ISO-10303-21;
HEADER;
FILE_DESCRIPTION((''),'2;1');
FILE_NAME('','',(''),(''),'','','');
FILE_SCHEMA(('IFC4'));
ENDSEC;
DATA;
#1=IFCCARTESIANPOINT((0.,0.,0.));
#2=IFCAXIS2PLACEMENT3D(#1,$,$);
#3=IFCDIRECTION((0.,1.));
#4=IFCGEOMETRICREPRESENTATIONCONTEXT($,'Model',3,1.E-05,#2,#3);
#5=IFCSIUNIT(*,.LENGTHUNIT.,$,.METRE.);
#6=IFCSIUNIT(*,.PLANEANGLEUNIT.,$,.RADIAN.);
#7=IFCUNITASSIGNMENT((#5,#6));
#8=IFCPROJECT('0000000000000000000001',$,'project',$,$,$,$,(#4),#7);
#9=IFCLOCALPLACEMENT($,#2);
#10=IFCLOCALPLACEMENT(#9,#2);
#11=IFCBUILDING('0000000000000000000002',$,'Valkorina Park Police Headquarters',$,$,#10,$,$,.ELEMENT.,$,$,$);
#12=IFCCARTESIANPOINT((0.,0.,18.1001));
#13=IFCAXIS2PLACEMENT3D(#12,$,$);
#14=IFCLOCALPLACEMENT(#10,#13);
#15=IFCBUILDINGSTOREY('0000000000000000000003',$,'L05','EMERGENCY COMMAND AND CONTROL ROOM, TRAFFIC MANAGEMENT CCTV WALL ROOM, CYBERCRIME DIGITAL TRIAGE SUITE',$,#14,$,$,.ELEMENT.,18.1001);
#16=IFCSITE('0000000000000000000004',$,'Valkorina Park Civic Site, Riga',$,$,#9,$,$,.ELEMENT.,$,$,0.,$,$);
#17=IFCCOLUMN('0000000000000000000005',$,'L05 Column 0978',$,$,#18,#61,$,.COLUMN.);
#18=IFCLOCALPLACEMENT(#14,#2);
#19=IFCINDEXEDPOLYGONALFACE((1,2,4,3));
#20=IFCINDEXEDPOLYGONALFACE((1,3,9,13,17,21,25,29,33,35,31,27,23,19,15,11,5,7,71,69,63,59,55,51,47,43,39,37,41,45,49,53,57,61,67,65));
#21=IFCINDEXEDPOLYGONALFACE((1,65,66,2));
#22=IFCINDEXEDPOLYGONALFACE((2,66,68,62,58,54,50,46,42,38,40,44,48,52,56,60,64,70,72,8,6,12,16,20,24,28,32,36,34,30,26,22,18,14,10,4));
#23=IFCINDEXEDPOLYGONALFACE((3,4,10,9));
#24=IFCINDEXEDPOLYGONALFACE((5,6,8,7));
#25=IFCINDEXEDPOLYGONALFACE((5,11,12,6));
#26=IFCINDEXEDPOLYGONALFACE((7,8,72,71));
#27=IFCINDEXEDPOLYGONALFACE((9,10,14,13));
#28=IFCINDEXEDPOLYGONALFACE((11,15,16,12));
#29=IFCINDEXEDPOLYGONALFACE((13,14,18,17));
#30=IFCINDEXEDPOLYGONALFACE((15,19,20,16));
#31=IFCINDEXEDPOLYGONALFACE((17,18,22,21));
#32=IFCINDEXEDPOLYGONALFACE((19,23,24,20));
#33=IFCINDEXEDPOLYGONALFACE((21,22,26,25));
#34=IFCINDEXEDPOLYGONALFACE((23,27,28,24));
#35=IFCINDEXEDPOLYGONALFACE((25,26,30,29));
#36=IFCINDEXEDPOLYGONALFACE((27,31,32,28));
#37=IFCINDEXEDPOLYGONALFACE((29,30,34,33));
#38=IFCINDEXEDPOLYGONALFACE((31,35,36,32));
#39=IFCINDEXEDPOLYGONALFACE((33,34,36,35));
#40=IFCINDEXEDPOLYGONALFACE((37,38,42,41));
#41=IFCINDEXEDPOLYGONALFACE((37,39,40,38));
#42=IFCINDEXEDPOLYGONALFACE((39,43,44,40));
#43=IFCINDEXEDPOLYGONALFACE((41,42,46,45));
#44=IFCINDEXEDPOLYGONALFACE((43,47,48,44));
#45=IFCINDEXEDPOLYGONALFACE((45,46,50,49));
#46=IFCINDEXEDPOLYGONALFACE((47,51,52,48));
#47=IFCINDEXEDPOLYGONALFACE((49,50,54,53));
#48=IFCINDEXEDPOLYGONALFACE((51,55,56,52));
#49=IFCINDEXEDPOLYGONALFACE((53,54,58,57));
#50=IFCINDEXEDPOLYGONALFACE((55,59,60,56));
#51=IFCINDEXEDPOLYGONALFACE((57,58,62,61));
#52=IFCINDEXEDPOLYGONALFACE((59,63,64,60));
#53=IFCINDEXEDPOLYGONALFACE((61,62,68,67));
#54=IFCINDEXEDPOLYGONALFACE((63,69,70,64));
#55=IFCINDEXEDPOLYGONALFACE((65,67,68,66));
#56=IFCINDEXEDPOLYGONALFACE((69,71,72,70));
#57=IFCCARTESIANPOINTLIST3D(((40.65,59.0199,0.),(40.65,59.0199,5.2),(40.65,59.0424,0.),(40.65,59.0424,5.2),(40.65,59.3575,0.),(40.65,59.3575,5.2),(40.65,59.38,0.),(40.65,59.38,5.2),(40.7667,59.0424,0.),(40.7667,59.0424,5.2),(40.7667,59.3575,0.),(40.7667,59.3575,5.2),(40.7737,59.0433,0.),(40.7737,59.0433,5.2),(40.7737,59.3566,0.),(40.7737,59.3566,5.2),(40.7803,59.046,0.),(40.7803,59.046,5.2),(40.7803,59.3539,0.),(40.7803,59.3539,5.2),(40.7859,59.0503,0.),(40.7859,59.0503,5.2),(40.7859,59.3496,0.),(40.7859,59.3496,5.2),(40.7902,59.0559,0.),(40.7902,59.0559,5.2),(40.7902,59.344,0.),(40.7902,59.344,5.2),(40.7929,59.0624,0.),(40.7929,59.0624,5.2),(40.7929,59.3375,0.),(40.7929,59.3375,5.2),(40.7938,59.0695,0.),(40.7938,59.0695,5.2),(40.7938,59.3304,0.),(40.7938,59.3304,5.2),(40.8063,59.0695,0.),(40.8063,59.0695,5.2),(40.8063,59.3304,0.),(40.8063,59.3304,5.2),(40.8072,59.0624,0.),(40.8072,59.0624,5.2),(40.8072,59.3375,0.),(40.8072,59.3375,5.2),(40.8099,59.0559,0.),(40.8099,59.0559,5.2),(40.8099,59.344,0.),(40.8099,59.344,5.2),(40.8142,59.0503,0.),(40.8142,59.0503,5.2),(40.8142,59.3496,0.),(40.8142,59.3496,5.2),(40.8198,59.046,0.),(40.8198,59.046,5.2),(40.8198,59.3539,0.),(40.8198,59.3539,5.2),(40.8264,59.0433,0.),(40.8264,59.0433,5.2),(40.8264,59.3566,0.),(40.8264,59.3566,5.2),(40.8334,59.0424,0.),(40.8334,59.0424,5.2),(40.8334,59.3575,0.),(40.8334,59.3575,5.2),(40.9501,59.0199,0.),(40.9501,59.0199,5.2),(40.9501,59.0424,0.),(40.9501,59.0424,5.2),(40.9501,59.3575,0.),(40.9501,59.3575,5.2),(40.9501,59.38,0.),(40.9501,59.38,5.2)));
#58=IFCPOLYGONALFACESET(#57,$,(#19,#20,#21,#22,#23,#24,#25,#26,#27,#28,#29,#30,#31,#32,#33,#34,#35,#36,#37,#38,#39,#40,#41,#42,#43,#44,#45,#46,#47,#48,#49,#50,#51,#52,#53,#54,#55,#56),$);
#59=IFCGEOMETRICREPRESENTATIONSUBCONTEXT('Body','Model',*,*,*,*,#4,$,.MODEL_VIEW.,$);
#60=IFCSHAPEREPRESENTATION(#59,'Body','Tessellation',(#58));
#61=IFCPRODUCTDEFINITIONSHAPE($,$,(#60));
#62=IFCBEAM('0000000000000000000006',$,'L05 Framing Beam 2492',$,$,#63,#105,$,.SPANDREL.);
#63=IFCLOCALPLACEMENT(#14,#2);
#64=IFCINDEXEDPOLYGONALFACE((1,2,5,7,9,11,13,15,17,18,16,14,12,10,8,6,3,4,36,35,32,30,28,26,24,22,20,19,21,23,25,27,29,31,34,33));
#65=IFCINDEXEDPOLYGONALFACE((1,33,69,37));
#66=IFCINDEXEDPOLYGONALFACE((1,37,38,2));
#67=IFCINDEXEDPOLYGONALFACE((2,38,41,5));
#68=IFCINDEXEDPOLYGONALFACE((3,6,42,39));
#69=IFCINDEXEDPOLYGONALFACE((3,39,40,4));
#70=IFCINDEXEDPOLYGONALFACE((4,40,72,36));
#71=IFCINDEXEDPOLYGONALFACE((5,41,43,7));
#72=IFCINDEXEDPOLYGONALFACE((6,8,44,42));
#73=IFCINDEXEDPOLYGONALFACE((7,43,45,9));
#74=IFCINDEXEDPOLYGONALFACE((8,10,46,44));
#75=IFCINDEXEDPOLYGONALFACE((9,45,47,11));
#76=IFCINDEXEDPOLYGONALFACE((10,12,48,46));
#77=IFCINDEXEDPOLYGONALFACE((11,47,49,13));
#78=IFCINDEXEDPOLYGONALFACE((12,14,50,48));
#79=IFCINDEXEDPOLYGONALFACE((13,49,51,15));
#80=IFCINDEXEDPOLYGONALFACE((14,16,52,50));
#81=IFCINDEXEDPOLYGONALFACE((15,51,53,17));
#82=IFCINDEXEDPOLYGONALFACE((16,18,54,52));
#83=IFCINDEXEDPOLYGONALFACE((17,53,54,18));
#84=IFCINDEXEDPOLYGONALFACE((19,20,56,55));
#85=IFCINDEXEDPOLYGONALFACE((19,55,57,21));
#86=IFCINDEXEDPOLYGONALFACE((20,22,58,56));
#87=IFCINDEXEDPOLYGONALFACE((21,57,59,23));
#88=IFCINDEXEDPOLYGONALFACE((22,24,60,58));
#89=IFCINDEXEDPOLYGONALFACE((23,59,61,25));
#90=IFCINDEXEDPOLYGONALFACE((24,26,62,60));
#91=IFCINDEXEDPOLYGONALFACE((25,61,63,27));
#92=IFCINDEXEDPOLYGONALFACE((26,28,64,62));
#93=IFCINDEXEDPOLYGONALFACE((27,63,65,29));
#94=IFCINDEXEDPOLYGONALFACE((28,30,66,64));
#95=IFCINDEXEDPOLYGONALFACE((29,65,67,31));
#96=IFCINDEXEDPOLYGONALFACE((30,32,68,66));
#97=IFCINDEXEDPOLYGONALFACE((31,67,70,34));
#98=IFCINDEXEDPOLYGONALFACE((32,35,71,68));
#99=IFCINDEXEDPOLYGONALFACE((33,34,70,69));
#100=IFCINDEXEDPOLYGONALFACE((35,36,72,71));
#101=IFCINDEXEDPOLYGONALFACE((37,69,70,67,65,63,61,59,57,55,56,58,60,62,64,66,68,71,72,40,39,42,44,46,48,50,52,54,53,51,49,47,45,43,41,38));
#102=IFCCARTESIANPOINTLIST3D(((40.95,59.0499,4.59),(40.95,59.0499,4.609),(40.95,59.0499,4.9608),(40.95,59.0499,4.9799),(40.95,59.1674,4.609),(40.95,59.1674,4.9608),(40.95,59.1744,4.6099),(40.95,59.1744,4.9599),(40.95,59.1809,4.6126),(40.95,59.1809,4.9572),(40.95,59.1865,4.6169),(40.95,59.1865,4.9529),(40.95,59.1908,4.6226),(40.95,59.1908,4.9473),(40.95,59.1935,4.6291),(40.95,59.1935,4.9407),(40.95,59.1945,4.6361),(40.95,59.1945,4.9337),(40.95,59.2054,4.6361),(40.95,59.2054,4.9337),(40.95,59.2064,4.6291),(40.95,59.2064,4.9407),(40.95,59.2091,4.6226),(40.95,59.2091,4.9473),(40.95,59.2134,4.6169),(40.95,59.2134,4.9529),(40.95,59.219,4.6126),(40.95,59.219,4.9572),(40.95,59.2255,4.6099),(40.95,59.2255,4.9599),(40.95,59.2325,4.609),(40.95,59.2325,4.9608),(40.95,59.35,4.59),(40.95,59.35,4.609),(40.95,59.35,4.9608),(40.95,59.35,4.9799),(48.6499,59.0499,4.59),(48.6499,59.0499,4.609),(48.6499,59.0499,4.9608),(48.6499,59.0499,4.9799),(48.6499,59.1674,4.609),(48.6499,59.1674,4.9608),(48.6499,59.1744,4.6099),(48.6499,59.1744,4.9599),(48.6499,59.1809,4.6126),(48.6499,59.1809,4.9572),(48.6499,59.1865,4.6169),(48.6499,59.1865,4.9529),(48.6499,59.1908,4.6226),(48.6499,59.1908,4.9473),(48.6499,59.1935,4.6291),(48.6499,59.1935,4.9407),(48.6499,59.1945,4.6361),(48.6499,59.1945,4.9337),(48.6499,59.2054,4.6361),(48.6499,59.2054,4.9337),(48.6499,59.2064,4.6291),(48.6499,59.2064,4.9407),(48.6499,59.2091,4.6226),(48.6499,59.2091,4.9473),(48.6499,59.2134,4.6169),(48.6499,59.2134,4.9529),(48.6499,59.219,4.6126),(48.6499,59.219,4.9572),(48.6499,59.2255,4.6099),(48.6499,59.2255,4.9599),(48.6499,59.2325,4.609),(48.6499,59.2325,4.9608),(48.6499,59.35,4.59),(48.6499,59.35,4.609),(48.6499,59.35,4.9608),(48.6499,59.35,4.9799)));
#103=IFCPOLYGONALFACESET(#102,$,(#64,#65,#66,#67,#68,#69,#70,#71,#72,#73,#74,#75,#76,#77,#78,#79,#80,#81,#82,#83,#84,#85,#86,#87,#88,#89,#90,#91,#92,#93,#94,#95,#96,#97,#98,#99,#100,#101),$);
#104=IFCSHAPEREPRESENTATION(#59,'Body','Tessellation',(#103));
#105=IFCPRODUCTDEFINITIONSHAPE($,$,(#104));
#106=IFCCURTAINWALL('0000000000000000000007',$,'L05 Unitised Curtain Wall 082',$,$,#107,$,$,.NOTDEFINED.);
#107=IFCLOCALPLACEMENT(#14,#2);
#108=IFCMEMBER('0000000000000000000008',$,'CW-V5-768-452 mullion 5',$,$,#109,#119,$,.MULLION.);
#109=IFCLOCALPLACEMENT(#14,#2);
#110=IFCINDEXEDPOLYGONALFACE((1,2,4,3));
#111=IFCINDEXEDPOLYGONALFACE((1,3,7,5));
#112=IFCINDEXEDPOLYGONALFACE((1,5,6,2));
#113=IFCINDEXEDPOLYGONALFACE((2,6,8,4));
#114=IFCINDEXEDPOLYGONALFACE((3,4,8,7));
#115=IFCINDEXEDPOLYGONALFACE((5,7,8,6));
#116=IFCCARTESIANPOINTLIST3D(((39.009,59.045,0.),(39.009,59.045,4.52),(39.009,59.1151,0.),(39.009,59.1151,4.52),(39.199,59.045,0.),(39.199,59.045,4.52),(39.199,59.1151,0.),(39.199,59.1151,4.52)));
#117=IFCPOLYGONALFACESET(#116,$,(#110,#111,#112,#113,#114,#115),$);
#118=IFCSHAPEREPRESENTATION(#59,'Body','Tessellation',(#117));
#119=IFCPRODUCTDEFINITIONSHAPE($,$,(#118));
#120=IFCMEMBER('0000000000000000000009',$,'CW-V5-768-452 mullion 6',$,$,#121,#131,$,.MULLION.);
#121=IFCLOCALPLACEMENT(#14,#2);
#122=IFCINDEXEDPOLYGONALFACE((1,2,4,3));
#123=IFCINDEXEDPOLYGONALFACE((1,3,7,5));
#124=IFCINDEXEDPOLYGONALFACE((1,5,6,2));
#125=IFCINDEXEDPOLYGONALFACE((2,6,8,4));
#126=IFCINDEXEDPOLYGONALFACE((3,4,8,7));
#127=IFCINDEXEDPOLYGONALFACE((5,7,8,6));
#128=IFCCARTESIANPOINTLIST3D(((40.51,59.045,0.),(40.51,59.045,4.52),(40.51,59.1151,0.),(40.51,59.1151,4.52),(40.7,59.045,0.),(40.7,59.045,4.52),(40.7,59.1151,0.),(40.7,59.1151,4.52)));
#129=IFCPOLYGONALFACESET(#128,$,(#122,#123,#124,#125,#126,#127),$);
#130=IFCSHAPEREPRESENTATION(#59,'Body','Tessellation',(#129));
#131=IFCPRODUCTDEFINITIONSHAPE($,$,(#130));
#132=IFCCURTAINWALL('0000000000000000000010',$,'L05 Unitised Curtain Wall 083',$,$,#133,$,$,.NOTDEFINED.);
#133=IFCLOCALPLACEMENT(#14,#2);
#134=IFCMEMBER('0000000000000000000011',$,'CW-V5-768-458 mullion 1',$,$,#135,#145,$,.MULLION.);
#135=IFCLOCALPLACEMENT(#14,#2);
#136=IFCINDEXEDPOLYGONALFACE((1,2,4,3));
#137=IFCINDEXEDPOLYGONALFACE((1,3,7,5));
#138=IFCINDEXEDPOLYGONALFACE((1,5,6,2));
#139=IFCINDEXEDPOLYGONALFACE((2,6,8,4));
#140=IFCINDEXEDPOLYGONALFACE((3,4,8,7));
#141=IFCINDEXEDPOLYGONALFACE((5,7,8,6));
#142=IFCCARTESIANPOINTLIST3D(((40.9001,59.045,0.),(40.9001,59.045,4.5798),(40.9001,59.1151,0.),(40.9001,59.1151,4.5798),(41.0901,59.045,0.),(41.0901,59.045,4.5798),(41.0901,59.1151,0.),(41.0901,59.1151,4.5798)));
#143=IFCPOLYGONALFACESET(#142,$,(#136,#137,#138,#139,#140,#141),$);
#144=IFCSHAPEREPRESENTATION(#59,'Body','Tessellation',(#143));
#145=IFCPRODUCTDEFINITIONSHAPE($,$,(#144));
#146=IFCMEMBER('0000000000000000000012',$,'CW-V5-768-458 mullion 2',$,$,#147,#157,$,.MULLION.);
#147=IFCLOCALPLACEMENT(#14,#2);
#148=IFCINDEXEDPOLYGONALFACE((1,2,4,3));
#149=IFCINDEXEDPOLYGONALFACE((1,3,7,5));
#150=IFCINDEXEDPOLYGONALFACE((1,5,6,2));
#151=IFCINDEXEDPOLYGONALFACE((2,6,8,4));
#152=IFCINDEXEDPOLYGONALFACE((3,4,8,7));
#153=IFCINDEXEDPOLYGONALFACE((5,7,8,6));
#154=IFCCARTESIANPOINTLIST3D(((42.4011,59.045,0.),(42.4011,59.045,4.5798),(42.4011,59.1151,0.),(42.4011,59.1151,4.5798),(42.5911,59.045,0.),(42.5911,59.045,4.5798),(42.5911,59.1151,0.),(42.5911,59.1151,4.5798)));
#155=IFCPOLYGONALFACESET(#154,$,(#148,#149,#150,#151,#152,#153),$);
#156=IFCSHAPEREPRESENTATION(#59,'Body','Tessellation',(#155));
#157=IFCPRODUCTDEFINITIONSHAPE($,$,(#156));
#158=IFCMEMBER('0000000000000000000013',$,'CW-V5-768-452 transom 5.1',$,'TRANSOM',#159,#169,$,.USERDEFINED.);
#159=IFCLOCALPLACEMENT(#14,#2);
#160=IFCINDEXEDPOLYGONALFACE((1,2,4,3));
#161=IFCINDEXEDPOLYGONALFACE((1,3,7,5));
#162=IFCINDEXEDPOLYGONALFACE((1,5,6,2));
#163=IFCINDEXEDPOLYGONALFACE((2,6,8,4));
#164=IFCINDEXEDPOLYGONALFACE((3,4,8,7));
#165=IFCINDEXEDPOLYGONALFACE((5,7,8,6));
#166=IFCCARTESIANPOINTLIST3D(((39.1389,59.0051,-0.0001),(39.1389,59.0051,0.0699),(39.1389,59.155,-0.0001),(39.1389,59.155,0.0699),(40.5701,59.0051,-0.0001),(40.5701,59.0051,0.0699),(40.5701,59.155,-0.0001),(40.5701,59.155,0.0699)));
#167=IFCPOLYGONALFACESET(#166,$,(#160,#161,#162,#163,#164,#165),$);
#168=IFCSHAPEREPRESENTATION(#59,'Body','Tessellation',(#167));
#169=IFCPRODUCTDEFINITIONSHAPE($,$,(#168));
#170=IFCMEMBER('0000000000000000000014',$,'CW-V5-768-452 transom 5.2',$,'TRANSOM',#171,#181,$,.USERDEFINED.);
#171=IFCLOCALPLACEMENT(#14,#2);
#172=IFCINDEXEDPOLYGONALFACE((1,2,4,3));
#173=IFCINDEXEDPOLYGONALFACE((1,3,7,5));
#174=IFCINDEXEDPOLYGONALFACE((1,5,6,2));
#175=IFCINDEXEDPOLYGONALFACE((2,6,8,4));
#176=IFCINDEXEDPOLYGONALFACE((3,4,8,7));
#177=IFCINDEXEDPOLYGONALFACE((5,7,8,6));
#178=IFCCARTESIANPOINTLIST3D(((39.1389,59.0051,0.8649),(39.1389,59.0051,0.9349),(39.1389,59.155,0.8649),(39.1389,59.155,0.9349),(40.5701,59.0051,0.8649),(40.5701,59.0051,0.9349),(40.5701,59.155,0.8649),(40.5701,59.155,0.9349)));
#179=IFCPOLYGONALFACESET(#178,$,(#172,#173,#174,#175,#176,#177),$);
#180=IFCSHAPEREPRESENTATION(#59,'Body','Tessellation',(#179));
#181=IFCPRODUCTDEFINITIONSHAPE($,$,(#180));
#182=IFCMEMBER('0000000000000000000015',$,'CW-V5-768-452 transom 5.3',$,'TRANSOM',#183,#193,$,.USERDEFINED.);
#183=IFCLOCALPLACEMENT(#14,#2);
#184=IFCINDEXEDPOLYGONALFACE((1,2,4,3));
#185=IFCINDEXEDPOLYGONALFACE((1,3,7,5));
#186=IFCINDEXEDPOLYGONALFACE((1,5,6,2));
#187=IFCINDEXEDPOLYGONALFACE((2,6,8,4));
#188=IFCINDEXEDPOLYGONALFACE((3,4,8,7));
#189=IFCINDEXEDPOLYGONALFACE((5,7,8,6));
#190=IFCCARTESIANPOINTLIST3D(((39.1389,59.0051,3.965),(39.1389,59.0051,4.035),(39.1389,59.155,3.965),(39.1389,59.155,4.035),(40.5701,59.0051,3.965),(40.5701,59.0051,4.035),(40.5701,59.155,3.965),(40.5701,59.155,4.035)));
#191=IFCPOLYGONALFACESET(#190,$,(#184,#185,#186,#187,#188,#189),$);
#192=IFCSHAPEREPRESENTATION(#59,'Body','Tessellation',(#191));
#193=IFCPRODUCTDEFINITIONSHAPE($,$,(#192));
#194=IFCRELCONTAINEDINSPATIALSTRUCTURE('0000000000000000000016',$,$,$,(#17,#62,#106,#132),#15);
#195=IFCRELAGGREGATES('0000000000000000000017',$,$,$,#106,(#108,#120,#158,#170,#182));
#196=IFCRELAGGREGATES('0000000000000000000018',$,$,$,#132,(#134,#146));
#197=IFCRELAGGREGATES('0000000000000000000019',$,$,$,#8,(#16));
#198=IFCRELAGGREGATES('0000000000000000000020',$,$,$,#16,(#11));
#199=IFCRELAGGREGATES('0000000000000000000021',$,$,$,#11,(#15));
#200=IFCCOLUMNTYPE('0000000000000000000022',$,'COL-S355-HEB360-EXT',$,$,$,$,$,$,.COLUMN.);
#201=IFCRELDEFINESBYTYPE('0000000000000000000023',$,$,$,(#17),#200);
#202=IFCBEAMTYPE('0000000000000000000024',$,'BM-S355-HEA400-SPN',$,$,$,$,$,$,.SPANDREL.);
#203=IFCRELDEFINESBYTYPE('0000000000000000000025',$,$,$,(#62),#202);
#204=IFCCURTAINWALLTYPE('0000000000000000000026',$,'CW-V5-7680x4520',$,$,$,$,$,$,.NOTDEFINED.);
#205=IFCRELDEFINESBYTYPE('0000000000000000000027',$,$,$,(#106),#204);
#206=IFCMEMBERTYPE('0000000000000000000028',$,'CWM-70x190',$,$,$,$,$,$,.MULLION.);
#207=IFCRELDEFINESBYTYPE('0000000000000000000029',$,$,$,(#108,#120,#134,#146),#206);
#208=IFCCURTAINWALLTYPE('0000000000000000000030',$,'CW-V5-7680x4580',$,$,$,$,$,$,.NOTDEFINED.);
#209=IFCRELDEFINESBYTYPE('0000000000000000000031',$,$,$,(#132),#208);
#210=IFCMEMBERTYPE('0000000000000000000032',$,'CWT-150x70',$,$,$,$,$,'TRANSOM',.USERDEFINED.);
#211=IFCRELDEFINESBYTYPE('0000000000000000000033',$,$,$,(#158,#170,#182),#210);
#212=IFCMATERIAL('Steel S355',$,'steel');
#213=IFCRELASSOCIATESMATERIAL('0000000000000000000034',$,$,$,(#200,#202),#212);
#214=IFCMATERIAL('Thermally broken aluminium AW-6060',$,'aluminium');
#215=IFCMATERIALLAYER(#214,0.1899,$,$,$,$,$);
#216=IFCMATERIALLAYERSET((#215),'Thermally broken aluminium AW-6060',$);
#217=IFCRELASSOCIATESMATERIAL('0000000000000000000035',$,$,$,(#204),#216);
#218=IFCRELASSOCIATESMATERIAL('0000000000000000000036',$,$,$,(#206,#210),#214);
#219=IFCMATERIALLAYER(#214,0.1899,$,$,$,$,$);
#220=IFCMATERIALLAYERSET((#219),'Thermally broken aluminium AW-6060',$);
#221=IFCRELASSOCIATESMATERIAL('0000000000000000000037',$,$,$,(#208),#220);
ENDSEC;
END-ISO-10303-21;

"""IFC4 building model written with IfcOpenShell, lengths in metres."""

from ifc_helpers import new_model, si_unit, direction, frame, origin, origin_2d, place, context, subcontext, project, spatial, rectangle, i_section, extrude, material, layer, layer_set, material_profile, profile_set, type_object, element, aggregate, save


model = new_model("IFC4")

# Units and contexts
model_context = context("Model", 3, precision=1e-05, world=origin(), true_north=direction((0.0, 1.0)))
body_context = subcontext(model_context, "Body", "Model", "MODEL_VIEW")
ifc_project = project(units=[si_unit("LENGTHUNIT", "METRE"), si_unit("PLANEANGLEUNIT", "RADIAN")], contexts=[model_context])

# Site, building, storey
site_placement = place(None, origin())
site = spatial("IfcSite", under=ifc_project, at=site_placement, Name="Valkorina Park Civic Site, Riga", CompositionType="ELEMENT", RefElevation=0.0)
building_placement = place(site_placement, origin())
building = spatial("IfcBuilding", under=site, at=building_placement, Name="Valkorina Park Police Headquarters", CompositionType="ELEMENT")
storey_placement = place(building_placement, frame((0.0, 0.0, 18.1001)))
storey = spatial("IfcBuildingStorey", under=building, at=storey_placement, Name="L05", Description="EMERGENCY COMMAND AND CONTROL ROOM, TRAFFIC MANAGEMENT CCTV WALL ROOM, CYBERCRIME DIGITAL TRIAGE SUITE", CompositionType="ELEMENT", Elevation=18.1001)

# Column
ifc_material_1 = material(Name="Steel S355", Category="steel")
ifc_material_profile_1 = material_profile(ifc_material_1, i_section(OverallWidth=0.3, OverallDepth=0.3601, WebThickness=0.0125, FlangeThickness=0.0225, FilletRadius=0.0271, at=origin_2d()), Name="HEB 360")
ifc_profile_set_1 = profile_set([ifc_material_profile_1], Name="Steel S355")
column_type = type_object("IfcColumnType", Name="COL-S355-HEB360-EXT", PredefinedType="COLUMN", material=ifc_profile_set_1)
column_placement = place(storey_placement, frame((40.8, 59.2, 0.0), z_axis=(0.0, 0.0, 1.0), x_axis=(1.0, 0.0, 0.0)))
element("IfcColumn", 1, at=column_placement, inside=storey, type_object=column_type, Name="L05 Column 0978", PredefinedType="COLUMN", context=body_context, shape_type="SweptSolid", body=[
    extrude(i_section(OverallWidth=0.3, OverallDepth=0.3601, WebThickness=0.0125, FlangeThickness=0.0225, FilletRadius=0.0271, at=origin_2d()), origin(), (0.0, 0.0, 1.0), 5.2),
])

# Beam
ifc_material_profile_2 = material_profile(ifc_material_1, i_section(OverallWidth=0.3, OverallDepth=0.3899, WebThickness=0.011, FlangeThickness=0.019, FilletRadius=0.0271, at=origin_2d()), Name="HEA 400")
ifc_profile_set_2 = profile_set([ifc_material_profile_2], Name="Steel S355")
beam_type = type_object("IfcBeamType", Name="BM-S355-HEA400-SPN", PredefinedType="SPANDREL", material=ifc_profile_set_2)
beam_placement = place(storey_placement, frame((40.95, 59.2, 4.7849), z_axis=(1.0, 0.0, 0.0), x_axis=(0.0, 1.0, 0.0)))
element("IfcBeam", 2, at=beam_placement, inside=storey, type_object=beam_type, Name="L05 Framing Beam 2492", PredefinedType="SPANDREL", context=body_context, shape_type="SweptSolid", body=[
    extrude(i_section(OverallWidth=0.3, OverallDepth=0.3899, WebThickness=0.011, FlangeThickness=0.019, FilletRadius=0.0271, at=origin_2d()), origin(), (0.0, 0.0, 1.0), 7.7),
])

# Curtain walls, members
ifc_material_2 = material(Name="Thermally broken aluminium AW-6060", Category="aluminium")
ifc_layer_1 = layer(ifc_material_2, 0.1899)
ifc_layer_set_1 = layer_set([ifc_layer_1], Name="Thermally broken aluminium AW-6060")
curtain_wall_type_1 = type_object("IfcCurtainWallType", Name="CW-V5-7680x4520", PredefinedType="NOTDEFINED", material=ifc_layer_set_1)
curtain_wall_1_placement = place(storey_placement, origin())
curtain_wall_1 = element("IfcCurtainWall", 3, at=curtain_wall_1_placement, inside=storey, type_object=curtain_wall_type_1, Name="L05 Unitised Curtain Wall 082", PredefinedType="NOTDEFINED")
ifc_material_profile_3 = material_profile(ifc_material_2, rectangle(XDim=0.0701, YDim=0.1899, at=origin_2d()), Name="CWM-02 70x190")
ifc_profile_set_3 = profile_set([ifc_material_profile_3], Name="Thermally broken aluminium AW-6060")
member_type_1 = type_object("IfcMemberType", Name="CWM-70x190", PredefinedType="MULLION", material=ifc_profile_set_3)
member_1_placement = place(storey_placement, frame((39.104, 59.0801, 0.0), z_axis=(0.0, 0.0, 1.0), x_axis=(0.0, 1.0, 0.0)))
member_1 = element("IfcMember", 4, at=member_1_placement, type_object=member_type_1, Name="CW-V5-768-452 mullion 5", PredefinedType="MULLION", context=body_context, shape_type="SweptSolid", body=[
    extrude(rectangle(XDim=0.0701, YDim=0.1899, at=origin_2d()), origin(), (0.0, 0.0, 1.0), 4.52),
])
member_2_placement = place(storey_placement, frame((40.605, 59.0801, 0.0), z_axis=(0.0, 0.0, 1.0), x_axis=(0.0, 1.0, 0.0)))
member_2 = element("IfcMember", 5, at=member_2_placement, type_object=member_type_1, Name="CW-V5-768-452 mullion 6", PredefinedType="MULLION", context=body_context, shape_type="SweptSolid", body=[
    extrude(rectangle(XDim=0.0701, YDim=0.1899, at=origin_2d()), origin(), (0.0, 0.0, 1.0), 4.52),
])
ifc_layer_2 = layer(ifc_material_2, 0.1899)
ifc_layer_set_2 = layer_set([ifc_layer_2], Name="Thermally broken aluminium AW-6060")
curtain_wall_type_2 = type_object("IfcCurtainWallType", Name="CW-V5-7680x4580", PredefinedType="NOTDEFINED", material=ifc_layer_set_2)
curtain_wall_2_placement = place(storey_placement, origin())
curtain_wall_2 = element("IfcCurtainWall", 6, at=curtain_wall_2_placement, inside=storey, type_object=curtain_wall_type_2, Name="L05 Unitised Curtain Wall 083", PredefinedType="NOTDEFINED")
member_3_placement = place(storey_placement, frame((40.9951, 59.0801, 0.0), z_axis=(0.0, 0.0, 1.0), x_axis=(0.0, 1.0, 0.0)))
member_3 = element("IfcMember", 7, at=member_3_placement, type_object=member_type_1, Name="CW-V5-768-458 mullion 1", PredefinedType="MULLION", context=body_context, shape_type="SweptSolid", body=[
    extrude(rectangle(XDim=0.0701, YDim=0.1899, at=origin_2d()), origin(), (0.0, 0.0, 1.0), 4.5798),
])
member_4_placement = place(storey_placement, frame((42.4961, 59.0801, 0.0), z_axis=(0.0, 0.0, 1.0), x_axis=(0.0, 1.0, 0.0)))
member_4 = element("IfcMember", 8, at=member_4_placement, type_object=member_type_1, Name="CW-V5-768-458 mullion 2", PredefinedType="MULLION", context=body_context, shape_type="SweptSolid", body=[
    extrude(rectangle(XDim=0.0701, YDim=0.1899, at=origin_2d()), origin(), (0.0, 0.0, 1.0), 4.5798),
])

# Members
ifc_material_profile_4 = material_profile(ifc_material_2, rectangle(XDim=0.1499, YDim=0.0701, at=origin_2d()), Name="CWT-02 150x70")
ifc_profile_set_4 = profile_set([ifc_material_profile_4], Name="Thermally broken aluminium AW-6060")
member_type_2 = type_object("IfcMemberType", Name="CWT-150x70", ElementType="TRANSOM", PredefinedType="USERDEFINED", material=ifc_profile_set_4)
member_5_placement = place(storey_placement, frame((39.1389, 59.0801, 0.0349), z_axis=(1.0, 0.0, 0.0), x_axis=(0.0, 1.0, 0.0)))
member_5 = element("IfcMember", 9, at=member_5_placement, type_object=member_type_2, Name="CW-V5-768-452 transom 5.1", ObjectType="TRANSOM", PredefinedType="USERDEFINED", context=body_context, shape_type="SweptSolid", body=[
    extrude(rectangle(XDim=0.1499, YDim=0.0701, at=origin_2d()), origin(), (0.0, 0.0, 1.0), 1.4312),
])
member_6_placement = place(storey_placement, frame((39.1389, 59.0801, 0.8999), z_axis=(1.0, 0.0, 0.0), x_axis=(0.0, 1.0, 0.0)))
member_6 = element("IfcMember", 10, at=member_6_placement, type_object=member_type_2, Name="CW-V5-768-452 transom 5.2", ObjectType="TRANSOM", PredefinedType="USERDEFINED", context=body_context, shape_type="SweptSolid", body=[
    extrude(rectangle(XDim=0.1499, YDim=0.0701, at=origin_2d()), origin(), (0.0, 0.0, 1.0), 1.4312),
])
member_7_placement = place(storey_placement, frame((39.1389, 59.0801, 4.0), z_axis=(1.0, 0.0, 0.0), x_axis=(0.0, 1.0, 0.0)))
member_7 = element("IfcMember", 11, at=member_7_placement, type_object=member_type_2, Name="CW-V5-768-452 transom 5.3", ObjectType="TRANSOM", PredefinedType="USERDEFINED", context=body_context, shape_type="SweptSolid", body=[
    extrude(rectangle(XDim=0.1499, YDim=0.0701, at=origin_2d()), origin(), (0.0, 0.0, 1.0), 1.4312),
])

aggregate(curtain_wall_1, [member_1, member_2, member_5, member_6, member_7])
aggregate(curtain_wall_2, [member_3, member_4])

save(model, "model.ifc")
